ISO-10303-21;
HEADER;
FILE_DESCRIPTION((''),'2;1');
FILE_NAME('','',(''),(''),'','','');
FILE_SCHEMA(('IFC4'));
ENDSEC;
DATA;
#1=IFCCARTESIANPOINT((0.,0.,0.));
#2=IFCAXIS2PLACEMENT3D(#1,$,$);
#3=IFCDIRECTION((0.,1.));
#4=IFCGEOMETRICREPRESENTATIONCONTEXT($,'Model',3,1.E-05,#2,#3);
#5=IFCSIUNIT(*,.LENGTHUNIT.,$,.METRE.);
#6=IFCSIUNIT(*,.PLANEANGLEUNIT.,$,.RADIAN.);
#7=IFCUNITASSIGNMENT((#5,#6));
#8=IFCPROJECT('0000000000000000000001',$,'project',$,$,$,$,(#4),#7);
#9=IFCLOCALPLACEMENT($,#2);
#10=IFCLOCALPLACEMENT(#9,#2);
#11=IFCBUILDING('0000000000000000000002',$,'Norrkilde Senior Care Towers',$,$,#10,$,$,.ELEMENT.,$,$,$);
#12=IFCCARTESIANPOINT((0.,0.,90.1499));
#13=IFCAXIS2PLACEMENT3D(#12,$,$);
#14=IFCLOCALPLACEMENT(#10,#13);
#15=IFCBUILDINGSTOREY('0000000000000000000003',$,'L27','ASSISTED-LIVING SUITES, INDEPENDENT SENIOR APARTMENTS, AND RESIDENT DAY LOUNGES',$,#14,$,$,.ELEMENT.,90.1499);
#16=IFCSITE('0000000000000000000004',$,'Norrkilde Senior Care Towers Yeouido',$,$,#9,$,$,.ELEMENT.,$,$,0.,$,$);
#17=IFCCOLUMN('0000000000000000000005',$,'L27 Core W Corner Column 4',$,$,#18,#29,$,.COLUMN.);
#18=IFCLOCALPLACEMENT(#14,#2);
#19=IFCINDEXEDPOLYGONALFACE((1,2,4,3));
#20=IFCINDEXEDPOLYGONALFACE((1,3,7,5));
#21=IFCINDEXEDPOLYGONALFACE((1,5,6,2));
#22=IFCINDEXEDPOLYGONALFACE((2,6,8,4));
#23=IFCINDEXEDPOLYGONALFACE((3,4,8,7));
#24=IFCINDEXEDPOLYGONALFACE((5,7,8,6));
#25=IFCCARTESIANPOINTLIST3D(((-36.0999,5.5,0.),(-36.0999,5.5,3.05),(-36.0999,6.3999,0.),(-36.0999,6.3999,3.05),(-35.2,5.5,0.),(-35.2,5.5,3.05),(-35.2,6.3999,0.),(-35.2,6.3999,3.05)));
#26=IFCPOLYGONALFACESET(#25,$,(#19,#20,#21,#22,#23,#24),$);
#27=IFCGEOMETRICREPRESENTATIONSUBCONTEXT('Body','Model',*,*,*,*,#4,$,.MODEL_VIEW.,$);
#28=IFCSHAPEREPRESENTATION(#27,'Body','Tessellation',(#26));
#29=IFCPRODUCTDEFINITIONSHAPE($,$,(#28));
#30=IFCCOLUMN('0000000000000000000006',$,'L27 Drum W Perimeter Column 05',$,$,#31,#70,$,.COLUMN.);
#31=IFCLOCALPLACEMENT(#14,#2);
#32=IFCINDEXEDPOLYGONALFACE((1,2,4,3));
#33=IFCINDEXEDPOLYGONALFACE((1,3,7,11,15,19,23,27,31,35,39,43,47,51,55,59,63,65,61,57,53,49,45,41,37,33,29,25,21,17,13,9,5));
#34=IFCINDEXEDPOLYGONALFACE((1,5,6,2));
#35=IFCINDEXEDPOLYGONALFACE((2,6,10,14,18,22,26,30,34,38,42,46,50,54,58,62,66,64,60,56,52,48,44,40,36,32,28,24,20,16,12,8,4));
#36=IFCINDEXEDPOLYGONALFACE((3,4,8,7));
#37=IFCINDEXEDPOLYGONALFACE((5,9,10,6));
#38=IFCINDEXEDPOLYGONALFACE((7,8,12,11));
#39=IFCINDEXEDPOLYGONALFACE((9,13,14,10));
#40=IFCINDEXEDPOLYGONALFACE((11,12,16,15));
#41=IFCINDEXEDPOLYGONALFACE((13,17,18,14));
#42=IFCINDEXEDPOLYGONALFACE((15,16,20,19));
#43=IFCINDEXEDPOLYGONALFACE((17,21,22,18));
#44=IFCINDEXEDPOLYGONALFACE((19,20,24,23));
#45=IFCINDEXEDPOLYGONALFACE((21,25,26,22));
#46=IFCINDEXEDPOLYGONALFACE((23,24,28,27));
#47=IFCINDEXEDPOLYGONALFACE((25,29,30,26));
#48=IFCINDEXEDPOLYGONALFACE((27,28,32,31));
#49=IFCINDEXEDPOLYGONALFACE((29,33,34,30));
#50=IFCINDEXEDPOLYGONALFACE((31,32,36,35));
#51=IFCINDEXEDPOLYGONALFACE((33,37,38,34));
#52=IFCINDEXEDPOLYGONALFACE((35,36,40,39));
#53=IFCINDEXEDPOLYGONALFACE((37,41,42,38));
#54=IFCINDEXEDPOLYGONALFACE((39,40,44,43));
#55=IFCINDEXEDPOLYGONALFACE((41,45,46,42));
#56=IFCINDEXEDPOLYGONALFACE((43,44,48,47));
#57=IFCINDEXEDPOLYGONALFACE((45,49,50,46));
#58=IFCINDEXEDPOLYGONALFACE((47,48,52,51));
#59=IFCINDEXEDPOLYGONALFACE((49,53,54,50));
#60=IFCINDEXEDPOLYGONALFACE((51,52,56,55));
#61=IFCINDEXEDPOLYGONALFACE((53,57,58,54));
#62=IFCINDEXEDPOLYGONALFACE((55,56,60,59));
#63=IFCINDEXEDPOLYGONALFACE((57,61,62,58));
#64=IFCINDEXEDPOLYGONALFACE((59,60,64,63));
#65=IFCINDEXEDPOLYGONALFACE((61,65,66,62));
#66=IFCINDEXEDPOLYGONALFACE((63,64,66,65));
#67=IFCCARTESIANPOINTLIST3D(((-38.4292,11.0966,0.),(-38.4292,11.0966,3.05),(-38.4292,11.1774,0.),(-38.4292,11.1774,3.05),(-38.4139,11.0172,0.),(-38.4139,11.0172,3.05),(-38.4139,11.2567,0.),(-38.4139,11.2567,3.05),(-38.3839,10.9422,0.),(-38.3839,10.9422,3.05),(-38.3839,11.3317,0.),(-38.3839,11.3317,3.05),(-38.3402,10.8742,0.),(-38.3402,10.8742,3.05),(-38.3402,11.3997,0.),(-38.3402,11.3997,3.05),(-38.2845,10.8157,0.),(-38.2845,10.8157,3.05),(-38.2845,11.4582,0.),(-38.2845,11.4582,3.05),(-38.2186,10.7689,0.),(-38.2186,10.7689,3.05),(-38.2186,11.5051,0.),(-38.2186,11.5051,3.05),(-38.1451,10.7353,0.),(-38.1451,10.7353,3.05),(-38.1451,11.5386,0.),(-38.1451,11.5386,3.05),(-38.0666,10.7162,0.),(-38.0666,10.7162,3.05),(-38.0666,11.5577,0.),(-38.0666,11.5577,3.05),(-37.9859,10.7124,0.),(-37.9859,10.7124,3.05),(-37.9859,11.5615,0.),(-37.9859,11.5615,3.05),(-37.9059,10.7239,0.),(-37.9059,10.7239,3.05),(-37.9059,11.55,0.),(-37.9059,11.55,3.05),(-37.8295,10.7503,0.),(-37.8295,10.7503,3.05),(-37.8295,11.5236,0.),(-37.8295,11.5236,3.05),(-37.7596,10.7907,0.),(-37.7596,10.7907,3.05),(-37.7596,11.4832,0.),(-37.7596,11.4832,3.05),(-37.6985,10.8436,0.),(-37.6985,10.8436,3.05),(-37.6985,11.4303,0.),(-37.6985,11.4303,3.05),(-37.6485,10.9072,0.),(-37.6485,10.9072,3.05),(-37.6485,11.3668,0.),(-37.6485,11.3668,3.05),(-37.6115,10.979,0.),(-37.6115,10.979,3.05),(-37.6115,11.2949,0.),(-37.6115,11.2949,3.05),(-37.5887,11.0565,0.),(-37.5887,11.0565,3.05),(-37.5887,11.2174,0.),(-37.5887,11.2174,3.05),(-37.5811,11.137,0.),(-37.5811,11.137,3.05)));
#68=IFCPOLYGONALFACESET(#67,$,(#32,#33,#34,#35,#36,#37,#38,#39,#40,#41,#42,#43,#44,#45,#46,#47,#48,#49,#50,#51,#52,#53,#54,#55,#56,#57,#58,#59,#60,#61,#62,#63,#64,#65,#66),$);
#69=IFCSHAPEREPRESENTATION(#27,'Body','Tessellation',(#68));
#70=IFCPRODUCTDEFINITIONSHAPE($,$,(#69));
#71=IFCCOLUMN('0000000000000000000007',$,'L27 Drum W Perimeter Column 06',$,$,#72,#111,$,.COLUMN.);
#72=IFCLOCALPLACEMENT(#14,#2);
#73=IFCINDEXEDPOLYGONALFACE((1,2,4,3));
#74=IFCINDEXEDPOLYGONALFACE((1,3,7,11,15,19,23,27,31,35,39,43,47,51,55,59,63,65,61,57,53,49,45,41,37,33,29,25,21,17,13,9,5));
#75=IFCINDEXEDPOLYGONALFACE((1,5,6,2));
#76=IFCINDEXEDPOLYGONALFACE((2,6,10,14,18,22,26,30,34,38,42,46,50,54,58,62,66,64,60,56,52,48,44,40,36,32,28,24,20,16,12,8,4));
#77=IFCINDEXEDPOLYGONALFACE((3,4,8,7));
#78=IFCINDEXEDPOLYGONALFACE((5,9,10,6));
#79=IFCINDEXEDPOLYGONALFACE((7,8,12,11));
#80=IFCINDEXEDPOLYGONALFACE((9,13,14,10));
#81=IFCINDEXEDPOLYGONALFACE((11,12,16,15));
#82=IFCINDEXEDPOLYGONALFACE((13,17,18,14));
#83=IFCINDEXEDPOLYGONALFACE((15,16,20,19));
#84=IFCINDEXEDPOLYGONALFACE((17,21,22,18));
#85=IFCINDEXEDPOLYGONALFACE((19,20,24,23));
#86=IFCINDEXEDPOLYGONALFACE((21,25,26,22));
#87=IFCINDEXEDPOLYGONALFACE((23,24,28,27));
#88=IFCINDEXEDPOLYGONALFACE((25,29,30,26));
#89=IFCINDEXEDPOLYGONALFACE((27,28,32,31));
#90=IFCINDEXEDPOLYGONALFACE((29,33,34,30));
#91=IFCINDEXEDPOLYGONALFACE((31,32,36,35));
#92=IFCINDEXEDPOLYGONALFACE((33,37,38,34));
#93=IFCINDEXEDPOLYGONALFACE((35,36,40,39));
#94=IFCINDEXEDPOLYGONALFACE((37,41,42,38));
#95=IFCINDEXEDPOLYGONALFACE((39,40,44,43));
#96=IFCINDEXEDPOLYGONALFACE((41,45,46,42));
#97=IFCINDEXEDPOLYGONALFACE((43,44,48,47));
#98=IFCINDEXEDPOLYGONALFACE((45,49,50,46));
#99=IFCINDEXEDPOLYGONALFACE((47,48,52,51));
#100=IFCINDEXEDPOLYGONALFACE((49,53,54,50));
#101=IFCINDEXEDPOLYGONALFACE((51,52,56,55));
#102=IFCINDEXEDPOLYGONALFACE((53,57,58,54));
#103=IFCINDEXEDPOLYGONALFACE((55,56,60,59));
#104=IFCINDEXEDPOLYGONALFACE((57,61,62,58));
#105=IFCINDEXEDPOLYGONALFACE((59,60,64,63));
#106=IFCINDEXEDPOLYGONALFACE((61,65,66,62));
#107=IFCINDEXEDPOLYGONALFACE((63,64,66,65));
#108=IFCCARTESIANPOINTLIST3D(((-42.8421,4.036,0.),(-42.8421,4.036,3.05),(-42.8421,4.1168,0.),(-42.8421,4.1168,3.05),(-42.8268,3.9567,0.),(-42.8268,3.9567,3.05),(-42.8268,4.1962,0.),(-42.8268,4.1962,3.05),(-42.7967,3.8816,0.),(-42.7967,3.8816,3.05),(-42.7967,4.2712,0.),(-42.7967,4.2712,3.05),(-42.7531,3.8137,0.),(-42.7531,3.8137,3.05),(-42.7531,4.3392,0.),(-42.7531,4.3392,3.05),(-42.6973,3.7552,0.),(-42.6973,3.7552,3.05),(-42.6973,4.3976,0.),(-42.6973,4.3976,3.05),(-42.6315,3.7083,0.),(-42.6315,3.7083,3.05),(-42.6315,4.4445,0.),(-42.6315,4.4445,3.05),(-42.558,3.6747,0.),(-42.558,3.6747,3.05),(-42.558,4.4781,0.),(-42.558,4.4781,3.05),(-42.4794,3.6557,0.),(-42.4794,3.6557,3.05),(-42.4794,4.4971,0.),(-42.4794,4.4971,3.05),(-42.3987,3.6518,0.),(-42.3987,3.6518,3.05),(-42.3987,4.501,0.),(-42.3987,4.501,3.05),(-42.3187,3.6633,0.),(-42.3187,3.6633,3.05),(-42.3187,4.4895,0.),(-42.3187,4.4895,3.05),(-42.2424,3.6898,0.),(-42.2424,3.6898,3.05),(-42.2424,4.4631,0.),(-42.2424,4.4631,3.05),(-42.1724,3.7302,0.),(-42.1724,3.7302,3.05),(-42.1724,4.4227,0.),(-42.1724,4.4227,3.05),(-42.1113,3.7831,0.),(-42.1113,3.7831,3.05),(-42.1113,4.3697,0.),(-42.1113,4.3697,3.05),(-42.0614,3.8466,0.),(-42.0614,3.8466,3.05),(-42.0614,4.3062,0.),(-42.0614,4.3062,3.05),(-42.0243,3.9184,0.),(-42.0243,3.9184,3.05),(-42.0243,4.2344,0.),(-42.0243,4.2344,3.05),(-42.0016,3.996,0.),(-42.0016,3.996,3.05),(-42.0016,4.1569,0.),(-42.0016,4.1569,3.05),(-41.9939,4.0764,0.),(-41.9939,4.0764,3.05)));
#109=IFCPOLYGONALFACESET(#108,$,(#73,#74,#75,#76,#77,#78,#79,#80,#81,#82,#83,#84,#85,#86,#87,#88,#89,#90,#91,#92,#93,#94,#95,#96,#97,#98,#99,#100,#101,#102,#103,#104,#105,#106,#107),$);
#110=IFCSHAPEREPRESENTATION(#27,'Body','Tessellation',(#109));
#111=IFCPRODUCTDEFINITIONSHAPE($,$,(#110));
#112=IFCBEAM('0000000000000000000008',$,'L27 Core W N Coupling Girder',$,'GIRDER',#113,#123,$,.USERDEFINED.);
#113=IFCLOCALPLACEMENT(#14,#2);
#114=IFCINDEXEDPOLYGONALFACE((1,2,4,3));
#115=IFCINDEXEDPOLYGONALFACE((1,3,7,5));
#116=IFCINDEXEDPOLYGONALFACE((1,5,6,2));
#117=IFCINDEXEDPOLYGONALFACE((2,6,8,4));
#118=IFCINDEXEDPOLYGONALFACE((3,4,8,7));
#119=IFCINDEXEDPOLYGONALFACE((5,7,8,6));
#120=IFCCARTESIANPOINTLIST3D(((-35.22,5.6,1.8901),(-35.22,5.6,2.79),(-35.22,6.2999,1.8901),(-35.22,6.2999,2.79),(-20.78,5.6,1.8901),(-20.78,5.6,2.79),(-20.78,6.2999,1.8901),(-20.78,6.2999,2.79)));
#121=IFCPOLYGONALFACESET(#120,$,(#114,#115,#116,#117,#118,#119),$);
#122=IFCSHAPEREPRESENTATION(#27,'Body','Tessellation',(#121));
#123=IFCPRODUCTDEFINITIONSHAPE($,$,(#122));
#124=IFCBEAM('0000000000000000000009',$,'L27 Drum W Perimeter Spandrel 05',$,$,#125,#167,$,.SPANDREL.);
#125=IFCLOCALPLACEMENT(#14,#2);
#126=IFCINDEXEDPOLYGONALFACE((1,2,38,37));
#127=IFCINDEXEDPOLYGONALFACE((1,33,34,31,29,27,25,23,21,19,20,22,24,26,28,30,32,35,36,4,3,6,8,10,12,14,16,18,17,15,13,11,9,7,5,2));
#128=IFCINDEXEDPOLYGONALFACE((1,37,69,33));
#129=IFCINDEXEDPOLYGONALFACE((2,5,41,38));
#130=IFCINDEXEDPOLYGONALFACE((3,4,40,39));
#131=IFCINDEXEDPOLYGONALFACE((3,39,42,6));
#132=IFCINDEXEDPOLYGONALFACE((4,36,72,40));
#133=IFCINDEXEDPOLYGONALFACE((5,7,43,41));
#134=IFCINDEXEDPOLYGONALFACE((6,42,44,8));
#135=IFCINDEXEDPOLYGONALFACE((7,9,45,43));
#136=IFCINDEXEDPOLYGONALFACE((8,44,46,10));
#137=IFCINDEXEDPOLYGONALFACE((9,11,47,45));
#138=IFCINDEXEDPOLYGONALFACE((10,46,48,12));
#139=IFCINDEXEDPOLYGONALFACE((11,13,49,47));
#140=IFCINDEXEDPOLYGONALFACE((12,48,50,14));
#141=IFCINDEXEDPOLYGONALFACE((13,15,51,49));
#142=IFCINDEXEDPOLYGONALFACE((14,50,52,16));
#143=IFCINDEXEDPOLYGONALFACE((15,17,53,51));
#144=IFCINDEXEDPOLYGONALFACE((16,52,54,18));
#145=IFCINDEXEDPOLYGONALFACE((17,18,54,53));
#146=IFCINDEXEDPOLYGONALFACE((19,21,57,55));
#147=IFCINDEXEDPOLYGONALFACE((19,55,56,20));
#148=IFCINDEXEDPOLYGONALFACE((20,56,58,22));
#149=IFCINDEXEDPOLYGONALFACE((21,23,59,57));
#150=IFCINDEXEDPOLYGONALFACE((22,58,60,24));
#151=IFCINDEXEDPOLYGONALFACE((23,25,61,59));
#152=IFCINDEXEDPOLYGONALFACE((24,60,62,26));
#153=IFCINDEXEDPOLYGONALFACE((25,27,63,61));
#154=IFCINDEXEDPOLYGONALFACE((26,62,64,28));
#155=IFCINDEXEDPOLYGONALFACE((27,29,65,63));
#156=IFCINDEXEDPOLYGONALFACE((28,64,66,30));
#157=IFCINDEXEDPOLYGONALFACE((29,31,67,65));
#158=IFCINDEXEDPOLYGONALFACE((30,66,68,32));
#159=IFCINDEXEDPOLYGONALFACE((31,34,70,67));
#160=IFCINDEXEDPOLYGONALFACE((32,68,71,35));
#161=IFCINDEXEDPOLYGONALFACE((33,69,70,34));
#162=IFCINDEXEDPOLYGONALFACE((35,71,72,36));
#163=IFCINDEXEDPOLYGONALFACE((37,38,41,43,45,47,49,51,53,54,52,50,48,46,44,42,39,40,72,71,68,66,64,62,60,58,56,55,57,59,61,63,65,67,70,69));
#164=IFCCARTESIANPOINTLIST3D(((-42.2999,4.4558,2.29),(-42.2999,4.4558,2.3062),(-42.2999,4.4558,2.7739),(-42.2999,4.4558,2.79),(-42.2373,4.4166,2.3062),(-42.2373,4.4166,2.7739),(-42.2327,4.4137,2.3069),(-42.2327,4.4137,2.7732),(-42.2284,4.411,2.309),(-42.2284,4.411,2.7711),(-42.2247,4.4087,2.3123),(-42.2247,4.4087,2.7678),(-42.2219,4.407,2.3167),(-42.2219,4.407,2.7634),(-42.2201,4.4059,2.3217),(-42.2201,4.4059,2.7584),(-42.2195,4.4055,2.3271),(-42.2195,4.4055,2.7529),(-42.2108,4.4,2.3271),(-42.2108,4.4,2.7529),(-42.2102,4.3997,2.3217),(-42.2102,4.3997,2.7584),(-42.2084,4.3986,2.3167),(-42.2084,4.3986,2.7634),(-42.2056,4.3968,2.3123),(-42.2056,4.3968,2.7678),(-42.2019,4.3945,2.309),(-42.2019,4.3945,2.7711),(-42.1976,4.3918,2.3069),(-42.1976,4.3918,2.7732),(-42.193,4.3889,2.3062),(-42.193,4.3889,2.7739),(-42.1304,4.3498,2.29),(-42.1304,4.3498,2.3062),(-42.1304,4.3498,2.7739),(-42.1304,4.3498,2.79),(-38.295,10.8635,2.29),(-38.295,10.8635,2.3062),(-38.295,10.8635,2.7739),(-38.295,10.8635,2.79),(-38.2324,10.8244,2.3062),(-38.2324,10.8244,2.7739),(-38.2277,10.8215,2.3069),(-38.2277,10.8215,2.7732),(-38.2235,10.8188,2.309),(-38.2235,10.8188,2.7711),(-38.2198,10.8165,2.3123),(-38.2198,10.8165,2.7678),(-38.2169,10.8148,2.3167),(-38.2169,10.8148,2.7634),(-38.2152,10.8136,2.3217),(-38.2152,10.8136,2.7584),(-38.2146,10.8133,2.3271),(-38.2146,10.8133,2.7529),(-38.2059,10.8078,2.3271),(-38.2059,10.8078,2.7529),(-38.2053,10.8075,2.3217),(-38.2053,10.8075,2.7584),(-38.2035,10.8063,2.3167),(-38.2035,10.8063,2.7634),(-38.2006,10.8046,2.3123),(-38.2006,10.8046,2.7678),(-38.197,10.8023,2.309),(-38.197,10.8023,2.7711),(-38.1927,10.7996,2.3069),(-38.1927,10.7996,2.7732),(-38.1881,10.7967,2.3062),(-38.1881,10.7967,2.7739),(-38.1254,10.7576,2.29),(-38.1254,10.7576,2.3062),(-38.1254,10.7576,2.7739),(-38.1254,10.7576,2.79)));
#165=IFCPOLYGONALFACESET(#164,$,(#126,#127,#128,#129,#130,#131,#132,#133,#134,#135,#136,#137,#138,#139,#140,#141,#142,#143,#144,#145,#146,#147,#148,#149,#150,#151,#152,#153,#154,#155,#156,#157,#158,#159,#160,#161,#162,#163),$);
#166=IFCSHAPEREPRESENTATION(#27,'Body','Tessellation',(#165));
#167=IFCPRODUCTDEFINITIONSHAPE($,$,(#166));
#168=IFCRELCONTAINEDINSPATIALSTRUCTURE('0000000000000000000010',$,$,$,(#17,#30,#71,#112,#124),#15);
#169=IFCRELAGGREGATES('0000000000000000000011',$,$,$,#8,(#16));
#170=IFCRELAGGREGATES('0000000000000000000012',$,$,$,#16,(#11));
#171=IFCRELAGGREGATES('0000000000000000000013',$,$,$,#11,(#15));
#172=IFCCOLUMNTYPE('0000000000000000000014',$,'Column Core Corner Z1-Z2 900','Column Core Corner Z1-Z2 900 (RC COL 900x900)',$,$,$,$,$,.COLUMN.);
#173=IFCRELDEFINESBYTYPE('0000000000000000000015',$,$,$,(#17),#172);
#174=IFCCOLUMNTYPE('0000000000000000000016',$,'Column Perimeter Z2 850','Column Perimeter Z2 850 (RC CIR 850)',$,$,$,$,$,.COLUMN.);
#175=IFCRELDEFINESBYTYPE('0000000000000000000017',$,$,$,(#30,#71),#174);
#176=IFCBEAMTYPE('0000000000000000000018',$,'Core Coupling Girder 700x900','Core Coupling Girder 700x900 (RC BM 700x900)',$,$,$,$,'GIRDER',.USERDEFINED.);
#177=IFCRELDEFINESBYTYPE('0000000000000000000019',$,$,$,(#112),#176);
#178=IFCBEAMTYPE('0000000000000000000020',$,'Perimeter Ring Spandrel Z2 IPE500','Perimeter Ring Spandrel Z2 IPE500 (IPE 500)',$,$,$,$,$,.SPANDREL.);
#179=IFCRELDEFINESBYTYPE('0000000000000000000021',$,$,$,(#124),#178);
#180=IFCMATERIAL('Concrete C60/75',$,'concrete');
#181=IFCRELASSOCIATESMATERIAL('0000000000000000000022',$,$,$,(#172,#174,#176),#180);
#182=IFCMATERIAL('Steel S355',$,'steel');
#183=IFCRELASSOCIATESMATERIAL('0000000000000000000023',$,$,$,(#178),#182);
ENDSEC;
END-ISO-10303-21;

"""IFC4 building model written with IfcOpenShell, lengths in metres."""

from ifc_helpers import new_model, si_unit, direction, frame, origin, origin_2d, place, context, subcontext, project, spatial, rectangle, circle, i_section, extrude, source, transform, mapped, material, material_profile, profile_set, type_object, type_shapes, element, save


model = new_model("IFC4")

# Units and contexts
model_context = context("Model", 3, precision=1e-05, world=origin(), true_north=direction((0.0, 1.0)))
body_context = subcontext(model_context, "Body", "Model", "MODEL_VIEW")
ifc_project = project(units=[si_unit("LENGTHUNIT", "METRE"), si_unit("PLANEANGLEUNIT", "RADIAN")], contexts=[model_context])

# Site, building, storey
site_placement = place(None, origin())
site = spatial("IfcSite", under=ifc_project, at=site_placement, Name="Norrkilde Senior Care Towers Yeouido", CompositionType="ELEMENT", RefElevation=0.0)
building_placement = place(site_placement, origin())
building = spatial("IfcBuilding", under=site, at=building_placement, Name="Norrkilde Senior Care Towers", CompositionType="ELEMENT")
storey_placement = place(building_placement, frame((0.0, 0.0, 90.1499)))
storey = spatial("IfcBuildingStorey", under=building, at=storey_placement, Name="L27", Description="ASSISTED-LIVING SUITES, INDEPENDENT SENIOR APARTMENTS, AND RESIDENT DAY LOUNGES", CompositionType="ELEMENT", Elevation=90.1499)

# Columns
ifc_material_1 = material(Name="Concrete C60/75", Category="concrete")
ifc_material_profile_1 = material_profile(ifc_material_1, rectangle(XDim=0.8999, YDim=0.8999, at=origin_2d()), Name="RC COL 900x900")
ifc_profile_set_1 = profile_set([ifc_material_profile_1], Name="Concrete C60/75")
column_type_1 = type_object("IfcColumnType", Name="Column Core Corner Z1-Z2 900", Description="Column Core Corner Z1-Z2 900 (RC COL 900x900)", PredefinedType="COLUMN", material=ifc_profile_set_1)
shared_shape_1 = source(origin(), body_context, "Body", "SweptSolid", [
    extrude(rectangle(XDim=0.8999, YDim=0.8999, at=origin_2d()), origin(), (0.0, 0.0, 1.0), 3.05),
])
type_shapes(column_type_1, [shared_shape_1])
column_placement = place(storey_placement, frame((-35.6499, 5.95, 0.0), z_axis=(0.0, 0.0, 1.0), x_axis=(1.0, 0.0, 0.0)))
element("IfcColumn", 1, at=column_placement, inside=storey, type_object=column_type_1, Name="L27 Core W Corner Column 4", PredefinedType="COLUMN", context=body_context, shape_type="MappedRepresentation", body=[
    mapped(shared_shape_1, transform((0.0, 0.0, 0.0), x_axis=(1.0, 0.0, 0.0), y_axis=(0.0, 1.0, 0.0), z_axis=(0.0, 0.0, 1.0), scale=1.0)),
])
ifc_material_profile_2 = material_profile(ifc_material_1, circle(Radius=0.425, at=origin_2d()), Name="RC CIR 850")
ifc_profile_set_2 = profile_set([ifc_material_profile_2], Name="Concrete C60/75")
column_type_2 = type_object("IfcColumnType", Name="Column Perimeter Z2 850", Description="Column Perimeter Z2 850 (RC CIR 850)", PredefinedType="COLUMN", material=ifc_profile_set_2)
shared_shape_2 = source(origin(), body_context, "Body", "SweptSolid", [
    extrude(circle(Radius=0.425, at=origin_2d()), origin(), (0.0, 0.0, 1.0), 3.05),
])
type_shapes(column_type_2, [shared_shape_2])
for number, where, z_axis, x_axis, name in (
    (2, (-38.0061, 11.137, 0.0), (0.0, 0.0, 1.0), (1.0, 0.0, 0.0), "L27 Drum W Perimeter Column 05"),
    (3, (-42.4189, 4.0764, 0.0), (0.0, 0.0, 1.0), (1.0, 0.0, 0.0), "L27 Drum W Perimeter Column 06"),
):
    element("IfcColumn", number, at=place(storey_placement, frame(where, z_axis=z_axis, x_axis=x_axis)), inside=storey, type_object=column_type_2, Name=name, PredefinedType="COLUMN", context=body_context, shape_type="MappedRepresentation", body=[
        mapped(shared_shape_2, transform((0.0, 0.0, 0.0), x_axis=(1.0, 0.0, 0.0), y_axis=(0.0, 1.0, 0.0), z_axis=(0.0, 0.0, 1.0), scale=1.0)),
    ])

# Beams
ifc_material_profile_3 = material_profile(ifc_material_1, rectangle(XDim=0.7, YDim=0.8999, at=origin_2d()), Name="RC BM 700x900")
ifc_profile_set_3 = profile_set([ifc_material_profile_3], Name="Concrete C60/75")
beam_type_1 = type_object("IfcBeamType", Name="Core Coupling Girder 700x900", Description="Core Coupling Girder 700x900 (RC BM 700x900)", ElementType="GIRDER", PredefinedType="USERDEFINED", material=ifc_profile_set_3)
shared_shape_3 = source(origin(), body_context, "Body", "SweptSolid", [
    extrude(rectangle(XDim=0.7, YDim=0.8999, at=origin_2d()), origin(), (0.0, 0.0, 1.0), 14.4399),
])
type_shapes(beam_type_1, [shared_shape_3])
beam_1_placement = place(storey_placement, frame((-35.22, 5.95, 2.3401), z_axis=(1.0, 0.0, 0.0), x_axis=(0.0, 1.0, 0.0)))
element("IfcBeam", 4, at=beam_1_placement, inside=storey, type_object=beam_type_1, Name="L27 Core W N Coupling Girder", ObjectType="GIRDER", PredefinedType="USERDEFINED", context=body_context, shape_type="MappedRepresentation", body=[
    mapped(shared_shape_3, transform((0.0, 0.0, 0.0), x_axis=(1.0, 0.0, 0.0), y_axis=(0.0, 1.0, 0.0), z_axis=(0.0, 0.0, 1.0), scale=1.0)),
])
ifc_material_2 = material(Name="Steel S355", Category="steel")
ifc_material_profile_4 = material_profile(ifc_material_2, i_section(OverallWidth=0.2, OverallDepth=0.5, WebThickness=0.0103, FlangeThickness=0.0161, FilletRadius=0.021, at=origin_2d()), Name="IPE 500")
ifc_profile_set_4 = profile_set([ifc_material_profile_4], Name="Steel S355")
beam_type_2 = type_object("IfcBeamType", Name="Perimeter Ring Spandrel Z2 IPE500", Description="Perimeter Ring Spandrel Z2 IPE500 (IPE 500)", PredefinedType="SPANDREL", material=ifc_profile_set_4)
shared_shape_4 = source(origin(), body_context, "Body", "SweptSolid", [
    extrude(i_section(OverallWidth=0.2, OverallDepth=0.5, WebThickness=0.0103, FlangeThickness=0.0161, FilletRadius=0.021, at=origin_2d()), origin(), (0.0, 0.0, 1.0), 7.5564),
])
beam_2_placement = place(storey_placement, frame((-38.2102, 10.8105, 2.54), z_axis=(-0.530005, -0.847995, 0.0), x_axis=(0.847995, -0.530005, 0.0)))
element("IfcBeam", 5, at=beam_2_placement, inside=storey, type_object=beam_type_2, Name="L27 Drum W Perimeter Spandrel 05", PredefinedType="SPANDREL", context=body_context, shape_type="MappedRepresentation", body=[
    mapped(shared_shape_4, transform((0.0, 0.0, 0.0), x_axis=(1.0, 0.0, 0.0), y_axis=(0.0, 1.0, 0.0), z_axis=(0.0, 0.0, 1.0), scale=1.0)),
])

save(model, "model.ifc")
